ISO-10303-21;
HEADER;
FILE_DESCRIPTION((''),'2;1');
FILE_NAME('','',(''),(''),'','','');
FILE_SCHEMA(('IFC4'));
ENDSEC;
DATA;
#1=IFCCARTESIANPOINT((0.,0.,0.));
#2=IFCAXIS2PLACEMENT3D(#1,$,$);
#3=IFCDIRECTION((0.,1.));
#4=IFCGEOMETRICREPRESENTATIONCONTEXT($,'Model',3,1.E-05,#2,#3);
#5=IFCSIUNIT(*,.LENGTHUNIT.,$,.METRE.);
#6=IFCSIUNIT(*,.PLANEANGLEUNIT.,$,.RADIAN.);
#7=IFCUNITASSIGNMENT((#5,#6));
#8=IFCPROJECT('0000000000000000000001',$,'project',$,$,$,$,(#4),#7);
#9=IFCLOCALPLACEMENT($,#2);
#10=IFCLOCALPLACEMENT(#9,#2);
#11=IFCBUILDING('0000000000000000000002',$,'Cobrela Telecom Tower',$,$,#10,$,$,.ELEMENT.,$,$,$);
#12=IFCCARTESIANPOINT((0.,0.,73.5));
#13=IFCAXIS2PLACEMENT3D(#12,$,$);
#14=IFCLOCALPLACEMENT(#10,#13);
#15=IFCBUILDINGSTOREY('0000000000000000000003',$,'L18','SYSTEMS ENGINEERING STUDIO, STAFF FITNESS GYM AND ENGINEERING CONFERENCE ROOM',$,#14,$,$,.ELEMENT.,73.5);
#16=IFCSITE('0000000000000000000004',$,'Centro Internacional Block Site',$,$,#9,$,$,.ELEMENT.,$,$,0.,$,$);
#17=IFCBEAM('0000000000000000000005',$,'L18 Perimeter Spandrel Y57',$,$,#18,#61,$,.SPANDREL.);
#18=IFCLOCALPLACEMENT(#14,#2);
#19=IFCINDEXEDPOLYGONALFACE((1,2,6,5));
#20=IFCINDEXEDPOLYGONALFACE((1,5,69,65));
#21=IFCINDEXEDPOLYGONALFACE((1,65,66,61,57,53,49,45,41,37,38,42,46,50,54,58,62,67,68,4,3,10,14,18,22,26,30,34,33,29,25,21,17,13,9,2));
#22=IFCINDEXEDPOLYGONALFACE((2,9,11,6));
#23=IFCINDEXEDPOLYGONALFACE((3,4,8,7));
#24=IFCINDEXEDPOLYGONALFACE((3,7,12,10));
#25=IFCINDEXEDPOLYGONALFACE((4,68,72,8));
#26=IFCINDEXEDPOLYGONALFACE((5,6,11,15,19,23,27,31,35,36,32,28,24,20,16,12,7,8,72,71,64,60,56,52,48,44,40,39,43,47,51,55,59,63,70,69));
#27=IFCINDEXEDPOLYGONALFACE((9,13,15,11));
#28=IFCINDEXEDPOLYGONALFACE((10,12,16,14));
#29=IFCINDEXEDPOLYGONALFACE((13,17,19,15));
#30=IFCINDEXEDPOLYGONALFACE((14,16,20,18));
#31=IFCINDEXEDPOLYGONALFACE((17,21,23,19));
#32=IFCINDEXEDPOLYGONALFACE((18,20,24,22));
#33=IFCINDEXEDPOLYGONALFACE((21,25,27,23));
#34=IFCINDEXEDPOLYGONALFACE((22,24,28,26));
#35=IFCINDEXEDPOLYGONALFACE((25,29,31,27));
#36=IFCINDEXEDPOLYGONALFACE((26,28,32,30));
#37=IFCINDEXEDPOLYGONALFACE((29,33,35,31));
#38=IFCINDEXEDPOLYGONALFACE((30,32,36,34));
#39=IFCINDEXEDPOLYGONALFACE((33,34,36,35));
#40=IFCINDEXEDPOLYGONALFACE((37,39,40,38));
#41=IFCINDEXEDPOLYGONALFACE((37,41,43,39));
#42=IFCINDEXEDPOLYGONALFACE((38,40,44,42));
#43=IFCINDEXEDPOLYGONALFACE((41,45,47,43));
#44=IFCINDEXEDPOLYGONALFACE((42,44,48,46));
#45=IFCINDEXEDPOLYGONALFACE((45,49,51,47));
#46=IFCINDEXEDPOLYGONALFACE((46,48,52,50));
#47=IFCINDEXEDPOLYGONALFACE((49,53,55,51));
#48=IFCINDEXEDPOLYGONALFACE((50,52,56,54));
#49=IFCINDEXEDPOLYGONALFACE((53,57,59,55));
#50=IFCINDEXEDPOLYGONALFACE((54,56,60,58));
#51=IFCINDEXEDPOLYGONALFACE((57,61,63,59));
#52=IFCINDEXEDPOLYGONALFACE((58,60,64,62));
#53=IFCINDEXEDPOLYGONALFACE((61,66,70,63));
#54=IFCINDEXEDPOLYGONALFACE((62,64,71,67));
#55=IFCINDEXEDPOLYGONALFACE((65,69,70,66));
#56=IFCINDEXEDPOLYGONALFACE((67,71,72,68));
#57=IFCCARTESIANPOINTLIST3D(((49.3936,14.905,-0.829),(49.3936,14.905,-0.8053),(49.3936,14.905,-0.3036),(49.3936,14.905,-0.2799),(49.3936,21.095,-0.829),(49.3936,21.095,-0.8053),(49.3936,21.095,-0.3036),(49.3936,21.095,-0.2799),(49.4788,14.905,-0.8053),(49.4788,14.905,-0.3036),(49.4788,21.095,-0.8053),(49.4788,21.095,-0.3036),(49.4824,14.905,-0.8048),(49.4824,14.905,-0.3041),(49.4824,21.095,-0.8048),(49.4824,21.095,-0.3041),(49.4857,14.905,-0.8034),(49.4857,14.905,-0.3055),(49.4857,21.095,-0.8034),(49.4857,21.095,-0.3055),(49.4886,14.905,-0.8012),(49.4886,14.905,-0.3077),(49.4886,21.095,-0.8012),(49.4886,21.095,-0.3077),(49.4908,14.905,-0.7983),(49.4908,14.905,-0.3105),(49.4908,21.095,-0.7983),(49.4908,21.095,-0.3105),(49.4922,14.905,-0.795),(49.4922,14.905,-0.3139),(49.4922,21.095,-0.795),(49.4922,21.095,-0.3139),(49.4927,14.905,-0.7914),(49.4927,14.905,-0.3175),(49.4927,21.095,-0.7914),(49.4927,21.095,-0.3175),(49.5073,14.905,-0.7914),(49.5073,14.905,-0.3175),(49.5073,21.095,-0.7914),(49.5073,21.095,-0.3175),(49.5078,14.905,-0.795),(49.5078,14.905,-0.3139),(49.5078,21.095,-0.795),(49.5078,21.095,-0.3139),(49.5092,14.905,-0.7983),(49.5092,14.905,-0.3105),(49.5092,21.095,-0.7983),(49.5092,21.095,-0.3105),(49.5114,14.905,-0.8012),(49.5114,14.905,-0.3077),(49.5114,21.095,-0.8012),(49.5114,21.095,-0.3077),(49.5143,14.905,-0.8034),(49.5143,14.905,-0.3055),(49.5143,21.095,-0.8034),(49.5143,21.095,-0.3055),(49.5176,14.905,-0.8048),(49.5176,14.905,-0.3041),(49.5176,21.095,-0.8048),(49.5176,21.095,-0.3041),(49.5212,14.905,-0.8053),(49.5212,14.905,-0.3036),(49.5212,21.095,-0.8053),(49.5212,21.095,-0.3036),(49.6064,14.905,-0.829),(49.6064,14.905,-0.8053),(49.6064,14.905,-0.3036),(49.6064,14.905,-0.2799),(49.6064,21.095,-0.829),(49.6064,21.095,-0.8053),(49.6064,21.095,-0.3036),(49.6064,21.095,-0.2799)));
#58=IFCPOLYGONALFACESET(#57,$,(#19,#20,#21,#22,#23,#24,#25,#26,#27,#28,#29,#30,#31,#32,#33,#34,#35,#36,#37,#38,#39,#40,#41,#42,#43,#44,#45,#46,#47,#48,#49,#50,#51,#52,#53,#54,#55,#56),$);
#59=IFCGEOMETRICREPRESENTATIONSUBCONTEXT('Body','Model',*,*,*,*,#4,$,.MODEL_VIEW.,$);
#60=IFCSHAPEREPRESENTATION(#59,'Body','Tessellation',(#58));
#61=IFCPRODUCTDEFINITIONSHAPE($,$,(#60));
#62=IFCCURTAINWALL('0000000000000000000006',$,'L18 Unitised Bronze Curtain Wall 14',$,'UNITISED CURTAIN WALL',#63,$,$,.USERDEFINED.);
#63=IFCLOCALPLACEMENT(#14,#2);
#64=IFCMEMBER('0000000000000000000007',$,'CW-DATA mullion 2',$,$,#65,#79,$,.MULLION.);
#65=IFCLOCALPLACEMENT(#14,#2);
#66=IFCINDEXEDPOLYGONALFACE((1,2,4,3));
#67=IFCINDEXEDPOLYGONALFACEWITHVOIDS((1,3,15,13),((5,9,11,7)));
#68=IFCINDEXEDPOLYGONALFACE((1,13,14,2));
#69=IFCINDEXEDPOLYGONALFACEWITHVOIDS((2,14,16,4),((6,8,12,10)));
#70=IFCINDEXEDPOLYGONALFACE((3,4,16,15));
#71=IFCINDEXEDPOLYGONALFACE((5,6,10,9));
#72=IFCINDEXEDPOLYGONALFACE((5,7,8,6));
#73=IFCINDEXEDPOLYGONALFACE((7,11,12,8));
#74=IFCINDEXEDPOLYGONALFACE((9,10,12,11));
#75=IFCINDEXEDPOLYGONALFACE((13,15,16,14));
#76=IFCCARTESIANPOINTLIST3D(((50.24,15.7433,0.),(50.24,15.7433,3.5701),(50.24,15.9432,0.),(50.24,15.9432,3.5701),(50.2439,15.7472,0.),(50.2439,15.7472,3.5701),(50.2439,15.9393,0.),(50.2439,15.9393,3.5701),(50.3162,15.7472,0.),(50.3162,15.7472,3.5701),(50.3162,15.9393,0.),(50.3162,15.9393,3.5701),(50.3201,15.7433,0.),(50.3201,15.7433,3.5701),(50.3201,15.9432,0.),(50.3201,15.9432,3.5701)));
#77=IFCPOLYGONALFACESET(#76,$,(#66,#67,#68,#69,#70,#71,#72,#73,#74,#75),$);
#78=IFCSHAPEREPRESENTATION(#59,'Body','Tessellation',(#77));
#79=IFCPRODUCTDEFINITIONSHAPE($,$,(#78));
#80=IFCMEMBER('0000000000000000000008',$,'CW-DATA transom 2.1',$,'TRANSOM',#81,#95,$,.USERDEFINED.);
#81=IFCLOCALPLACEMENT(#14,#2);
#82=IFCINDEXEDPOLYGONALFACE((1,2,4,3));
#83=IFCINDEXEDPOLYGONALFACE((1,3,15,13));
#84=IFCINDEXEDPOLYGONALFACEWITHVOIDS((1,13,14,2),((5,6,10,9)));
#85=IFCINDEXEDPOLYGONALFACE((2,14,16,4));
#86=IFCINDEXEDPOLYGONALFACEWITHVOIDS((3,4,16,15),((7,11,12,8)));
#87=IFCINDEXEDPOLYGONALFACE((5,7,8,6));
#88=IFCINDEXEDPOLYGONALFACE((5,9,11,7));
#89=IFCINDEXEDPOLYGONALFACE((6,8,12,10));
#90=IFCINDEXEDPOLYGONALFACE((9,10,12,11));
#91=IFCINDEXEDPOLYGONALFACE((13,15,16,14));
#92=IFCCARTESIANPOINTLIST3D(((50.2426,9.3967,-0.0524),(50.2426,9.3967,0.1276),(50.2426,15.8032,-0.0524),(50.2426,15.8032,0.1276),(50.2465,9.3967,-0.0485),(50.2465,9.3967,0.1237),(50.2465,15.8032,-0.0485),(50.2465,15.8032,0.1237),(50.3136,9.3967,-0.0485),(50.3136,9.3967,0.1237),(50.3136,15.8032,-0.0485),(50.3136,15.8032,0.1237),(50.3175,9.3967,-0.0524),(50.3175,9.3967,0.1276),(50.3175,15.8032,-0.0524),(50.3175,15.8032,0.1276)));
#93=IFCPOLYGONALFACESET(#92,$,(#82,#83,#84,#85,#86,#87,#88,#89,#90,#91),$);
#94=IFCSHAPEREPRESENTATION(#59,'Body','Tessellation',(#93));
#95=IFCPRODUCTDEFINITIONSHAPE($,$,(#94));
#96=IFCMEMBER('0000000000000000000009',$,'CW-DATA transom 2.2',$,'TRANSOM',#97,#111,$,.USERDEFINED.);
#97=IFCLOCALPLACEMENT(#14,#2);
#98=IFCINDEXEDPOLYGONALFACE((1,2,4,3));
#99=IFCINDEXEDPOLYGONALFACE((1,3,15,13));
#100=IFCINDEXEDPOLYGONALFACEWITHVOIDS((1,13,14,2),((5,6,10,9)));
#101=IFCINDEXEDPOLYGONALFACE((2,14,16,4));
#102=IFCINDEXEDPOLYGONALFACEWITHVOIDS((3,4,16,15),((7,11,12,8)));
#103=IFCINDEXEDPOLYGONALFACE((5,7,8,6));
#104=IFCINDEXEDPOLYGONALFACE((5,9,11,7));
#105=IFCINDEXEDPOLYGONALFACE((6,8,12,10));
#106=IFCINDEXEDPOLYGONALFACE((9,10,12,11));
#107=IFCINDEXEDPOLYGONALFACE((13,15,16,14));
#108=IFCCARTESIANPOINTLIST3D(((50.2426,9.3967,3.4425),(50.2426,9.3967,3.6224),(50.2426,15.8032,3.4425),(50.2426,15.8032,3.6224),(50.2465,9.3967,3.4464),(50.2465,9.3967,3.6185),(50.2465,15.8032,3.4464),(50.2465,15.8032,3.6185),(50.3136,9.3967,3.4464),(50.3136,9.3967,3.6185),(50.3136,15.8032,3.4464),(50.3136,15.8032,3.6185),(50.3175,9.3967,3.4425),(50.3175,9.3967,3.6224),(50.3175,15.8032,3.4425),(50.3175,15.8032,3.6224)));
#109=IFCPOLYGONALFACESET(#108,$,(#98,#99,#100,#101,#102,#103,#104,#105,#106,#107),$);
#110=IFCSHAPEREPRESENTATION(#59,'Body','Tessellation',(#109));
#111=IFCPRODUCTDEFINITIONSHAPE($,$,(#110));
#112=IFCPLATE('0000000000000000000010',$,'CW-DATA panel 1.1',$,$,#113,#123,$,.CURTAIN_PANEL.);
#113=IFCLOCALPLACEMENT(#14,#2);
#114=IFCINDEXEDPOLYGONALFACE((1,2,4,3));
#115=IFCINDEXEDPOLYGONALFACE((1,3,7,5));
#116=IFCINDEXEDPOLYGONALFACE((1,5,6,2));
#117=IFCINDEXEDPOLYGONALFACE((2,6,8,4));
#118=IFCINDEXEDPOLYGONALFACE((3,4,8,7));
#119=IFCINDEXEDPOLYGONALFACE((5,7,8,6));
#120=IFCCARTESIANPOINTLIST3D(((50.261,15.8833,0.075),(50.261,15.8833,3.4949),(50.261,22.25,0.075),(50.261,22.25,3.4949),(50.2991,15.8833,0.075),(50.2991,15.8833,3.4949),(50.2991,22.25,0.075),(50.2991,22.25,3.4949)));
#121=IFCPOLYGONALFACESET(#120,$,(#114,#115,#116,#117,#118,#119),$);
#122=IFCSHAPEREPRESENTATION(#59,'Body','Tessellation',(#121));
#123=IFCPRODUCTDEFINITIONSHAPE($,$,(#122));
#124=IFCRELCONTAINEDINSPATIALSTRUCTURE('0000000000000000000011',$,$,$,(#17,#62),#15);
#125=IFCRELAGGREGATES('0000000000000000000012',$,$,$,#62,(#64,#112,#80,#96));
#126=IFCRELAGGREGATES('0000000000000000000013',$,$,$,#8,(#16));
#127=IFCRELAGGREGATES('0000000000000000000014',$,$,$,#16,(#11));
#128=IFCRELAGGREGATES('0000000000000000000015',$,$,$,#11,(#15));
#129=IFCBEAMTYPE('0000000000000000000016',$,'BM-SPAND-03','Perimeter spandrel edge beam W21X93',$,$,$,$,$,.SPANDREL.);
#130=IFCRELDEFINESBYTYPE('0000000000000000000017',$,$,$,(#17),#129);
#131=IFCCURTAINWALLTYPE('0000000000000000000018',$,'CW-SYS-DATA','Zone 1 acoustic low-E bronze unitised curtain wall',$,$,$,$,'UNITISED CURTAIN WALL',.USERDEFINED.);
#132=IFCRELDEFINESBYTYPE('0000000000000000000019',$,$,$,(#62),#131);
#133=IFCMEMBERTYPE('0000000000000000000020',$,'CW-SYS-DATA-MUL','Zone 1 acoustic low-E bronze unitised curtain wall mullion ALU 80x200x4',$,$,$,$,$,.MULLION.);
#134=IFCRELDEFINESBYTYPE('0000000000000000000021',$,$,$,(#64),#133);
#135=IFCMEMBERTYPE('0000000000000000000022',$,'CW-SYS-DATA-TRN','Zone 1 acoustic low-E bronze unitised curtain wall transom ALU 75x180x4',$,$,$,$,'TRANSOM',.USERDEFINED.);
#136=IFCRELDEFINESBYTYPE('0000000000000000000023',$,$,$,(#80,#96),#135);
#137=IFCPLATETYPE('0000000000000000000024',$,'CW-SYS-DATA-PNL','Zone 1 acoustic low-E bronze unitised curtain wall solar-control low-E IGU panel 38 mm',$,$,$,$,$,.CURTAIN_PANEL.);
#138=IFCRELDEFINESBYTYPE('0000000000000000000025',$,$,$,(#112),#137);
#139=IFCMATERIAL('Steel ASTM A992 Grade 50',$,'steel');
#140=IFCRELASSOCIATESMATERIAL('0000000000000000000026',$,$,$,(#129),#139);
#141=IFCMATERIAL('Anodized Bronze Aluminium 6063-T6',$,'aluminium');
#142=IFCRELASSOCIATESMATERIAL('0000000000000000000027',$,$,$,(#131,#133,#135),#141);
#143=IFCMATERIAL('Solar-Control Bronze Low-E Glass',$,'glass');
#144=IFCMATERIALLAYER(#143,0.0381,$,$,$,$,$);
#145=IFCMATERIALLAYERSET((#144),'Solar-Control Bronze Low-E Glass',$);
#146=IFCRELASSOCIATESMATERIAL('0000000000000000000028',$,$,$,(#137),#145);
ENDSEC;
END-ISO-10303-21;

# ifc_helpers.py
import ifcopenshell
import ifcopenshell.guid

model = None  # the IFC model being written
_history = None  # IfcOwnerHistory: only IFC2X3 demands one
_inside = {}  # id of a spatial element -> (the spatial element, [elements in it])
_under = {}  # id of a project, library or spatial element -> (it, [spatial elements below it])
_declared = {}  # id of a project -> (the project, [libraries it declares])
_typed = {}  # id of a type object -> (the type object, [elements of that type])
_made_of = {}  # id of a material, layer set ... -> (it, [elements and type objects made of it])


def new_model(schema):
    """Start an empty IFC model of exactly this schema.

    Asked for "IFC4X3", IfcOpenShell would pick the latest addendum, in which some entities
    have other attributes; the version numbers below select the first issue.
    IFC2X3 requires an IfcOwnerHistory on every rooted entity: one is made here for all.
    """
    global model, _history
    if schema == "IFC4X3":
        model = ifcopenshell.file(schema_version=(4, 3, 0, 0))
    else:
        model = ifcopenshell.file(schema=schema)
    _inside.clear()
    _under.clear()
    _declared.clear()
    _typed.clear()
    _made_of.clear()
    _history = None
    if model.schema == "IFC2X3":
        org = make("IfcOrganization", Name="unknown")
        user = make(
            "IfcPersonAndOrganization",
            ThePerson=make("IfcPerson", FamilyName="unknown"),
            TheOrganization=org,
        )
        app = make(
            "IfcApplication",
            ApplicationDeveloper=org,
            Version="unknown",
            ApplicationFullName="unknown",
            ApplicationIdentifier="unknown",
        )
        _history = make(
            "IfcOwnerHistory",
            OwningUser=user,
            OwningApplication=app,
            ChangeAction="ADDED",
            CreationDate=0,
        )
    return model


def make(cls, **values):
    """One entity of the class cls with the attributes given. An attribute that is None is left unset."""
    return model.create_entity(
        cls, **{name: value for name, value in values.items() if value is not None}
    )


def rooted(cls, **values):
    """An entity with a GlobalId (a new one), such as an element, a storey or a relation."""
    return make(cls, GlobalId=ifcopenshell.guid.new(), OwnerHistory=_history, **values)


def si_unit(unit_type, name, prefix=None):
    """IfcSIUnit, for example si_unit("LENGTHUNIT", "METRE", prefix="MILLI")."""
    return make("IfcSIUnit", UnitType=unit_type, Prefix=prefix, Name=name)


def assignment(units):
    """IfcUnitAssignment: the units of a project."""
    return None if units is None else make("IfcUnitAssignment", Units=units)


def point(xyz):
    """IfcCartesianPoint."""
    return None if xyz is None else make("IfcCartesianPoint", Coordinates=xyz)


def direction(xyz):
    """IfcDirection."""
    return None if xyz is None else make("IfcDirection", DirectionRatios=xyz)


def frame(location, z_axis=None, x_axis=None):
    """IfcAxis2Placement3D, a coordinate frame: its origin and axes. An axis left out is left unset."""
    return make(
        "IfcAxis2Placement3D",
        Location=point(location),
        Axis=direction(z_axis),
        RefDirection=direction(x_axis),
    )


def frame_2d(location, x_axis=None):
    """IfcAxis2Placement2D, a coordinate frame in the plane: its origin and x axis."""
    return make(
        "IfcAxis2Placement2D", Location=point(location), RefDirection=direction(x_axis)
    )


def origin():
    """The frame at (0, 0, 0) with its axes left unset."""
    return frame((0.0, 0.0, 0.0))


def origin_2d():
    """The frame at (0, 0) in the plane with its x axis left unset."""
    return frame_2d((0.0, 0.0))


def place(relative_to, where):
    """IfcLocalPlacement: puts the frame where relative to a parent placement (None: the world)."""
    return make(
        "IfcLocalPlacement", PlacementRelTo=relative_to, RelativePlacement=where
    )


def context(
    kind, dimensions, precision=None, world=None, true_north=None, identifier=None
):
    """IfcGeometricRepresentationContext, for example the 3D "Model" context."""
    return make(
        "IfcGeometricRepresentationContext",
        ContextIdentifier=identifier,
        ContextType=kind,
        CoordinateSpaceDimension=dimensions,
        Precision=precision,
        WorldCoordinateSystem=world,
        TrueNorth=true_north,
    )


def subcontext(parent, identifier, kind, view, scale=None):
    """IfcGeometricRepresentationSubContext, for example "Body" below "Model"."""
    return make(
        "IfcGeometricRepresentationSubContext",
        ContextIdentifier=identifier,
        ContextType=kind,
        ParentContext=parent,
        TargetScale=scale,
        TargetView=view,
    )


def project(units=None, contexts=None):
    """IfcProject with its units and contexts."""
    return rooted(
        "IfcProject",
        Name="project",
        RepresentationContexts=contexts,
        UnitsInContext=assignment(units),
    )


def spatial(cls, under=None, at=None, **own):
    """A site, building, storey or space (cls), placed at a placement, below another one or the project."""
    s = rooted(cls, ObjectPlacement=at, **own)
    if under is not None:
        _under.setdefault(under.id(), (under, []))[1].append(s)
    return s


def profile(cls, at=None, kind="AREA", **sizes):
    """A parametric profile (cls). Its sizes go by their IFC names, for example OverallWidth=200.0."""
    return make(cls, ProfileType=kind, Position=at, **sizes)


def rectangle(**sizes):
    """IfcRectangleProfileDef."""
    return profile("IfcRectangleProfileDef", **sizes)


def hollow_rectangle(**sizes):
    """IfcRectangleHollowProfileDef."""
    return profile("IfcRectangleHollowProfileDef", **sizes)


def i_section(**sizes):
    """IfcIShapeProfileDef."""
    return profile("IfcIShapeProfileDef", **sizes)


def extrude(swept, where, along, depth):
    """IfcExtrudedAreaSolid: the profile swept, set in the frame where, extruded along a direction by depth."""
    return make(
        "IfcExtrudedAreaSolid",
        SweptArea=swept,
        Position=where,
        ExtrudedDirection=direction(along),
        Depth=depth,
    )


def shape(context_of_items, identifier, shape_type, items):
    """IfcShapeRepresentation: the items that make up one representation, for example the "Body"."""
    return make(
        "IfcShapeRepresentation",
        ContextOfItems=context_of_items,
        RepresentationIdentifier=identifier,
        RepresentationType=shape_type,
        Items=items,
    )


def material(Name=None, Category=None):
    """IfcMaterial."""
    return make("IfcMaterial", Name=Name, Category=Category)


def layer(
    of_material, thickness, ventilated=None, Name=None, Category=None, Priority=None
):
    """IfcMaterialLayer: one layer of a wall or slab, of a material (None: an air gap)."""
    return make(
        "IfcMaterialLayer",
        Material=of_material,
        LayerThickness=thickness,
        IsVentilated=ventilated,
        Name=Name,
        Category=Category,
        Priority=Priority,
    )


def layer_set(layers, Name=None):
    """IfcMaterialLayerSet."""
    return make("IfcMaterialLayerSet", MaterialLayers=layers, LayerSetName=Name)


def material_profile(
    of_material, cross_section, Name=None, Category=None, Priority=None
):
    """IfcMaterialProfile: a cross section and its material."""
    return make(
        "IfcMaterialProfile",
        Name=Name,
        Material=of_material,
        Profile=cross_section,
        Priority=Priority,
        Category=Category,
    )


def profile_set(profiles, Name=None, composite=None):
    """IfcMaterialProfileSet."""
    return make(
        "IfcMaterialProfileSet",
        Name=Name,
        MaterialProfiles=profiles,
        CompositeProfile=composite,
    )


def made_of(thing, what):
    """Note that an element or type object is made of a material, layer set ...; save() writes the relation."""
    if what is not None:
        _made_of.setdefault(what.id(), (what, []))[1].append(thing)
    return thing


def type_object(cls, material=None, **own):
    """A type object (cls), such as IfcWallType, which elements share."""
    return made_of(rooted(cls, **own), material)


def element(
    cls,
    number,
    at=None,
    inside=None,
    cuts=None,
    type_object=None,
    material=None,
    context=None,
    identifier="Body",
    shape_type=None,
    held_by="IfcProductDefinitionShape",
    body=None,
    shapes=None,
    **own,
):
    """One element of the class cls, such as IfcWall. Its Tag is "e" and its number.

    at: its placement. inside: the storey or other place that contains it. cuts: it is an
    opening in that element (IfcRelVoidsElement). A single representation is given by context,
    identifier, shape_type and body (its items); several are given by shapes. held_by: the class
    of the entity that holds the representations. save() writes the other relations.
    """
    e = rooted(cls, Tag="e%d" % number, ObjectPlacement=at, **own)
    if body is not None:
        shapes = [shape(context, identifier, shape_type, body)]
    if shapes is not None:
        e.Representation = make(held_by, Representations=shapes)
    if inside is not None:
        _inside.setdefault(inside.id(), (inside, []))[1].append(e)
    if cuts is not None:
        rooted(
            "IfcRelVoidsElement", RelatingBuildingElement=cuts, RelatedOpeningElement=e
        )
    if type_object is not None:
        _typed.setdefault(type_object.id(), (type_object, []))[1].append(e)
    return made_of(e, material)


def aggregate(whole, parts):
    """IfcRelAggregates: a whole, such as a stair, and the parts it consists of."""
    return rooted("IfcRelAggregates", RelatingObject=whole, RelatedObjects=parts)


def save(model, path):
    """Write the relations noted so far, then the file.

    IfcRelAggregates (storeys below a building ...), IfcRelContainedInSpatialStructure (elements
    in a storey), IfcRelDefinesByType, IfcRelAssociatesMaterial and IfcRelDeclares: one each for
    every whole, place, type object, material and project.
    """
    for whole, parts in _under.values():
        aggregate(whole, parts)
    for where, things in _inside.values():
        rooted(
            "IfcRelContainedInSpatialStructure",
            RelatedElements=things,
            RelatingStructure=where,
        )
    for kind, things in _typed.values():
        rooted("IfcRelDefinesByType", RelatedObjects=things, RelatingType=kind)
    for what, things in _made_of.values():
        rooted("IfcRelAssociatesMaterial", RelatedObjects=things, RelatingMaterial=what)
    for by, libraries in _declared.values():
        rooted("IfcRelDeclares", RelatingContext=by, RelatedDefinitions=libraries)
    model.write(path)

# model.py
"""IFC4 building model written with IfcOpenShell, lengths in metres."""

from ifc_helpers import new_model, si_unit, direction, frame, origin, origin_2d, place, context, subcontext, project, spatial, rectangle, hollow_rectangle, i_section, extrude, material, layer, layer_set, material_profile, profile_set, type_object, element, aggregate, save


model = new_model("IFC4")

# Units and contexts
model_context = context("Model", 3, precision=1e-05, world=origin(), true_north=direction((0.0, 1.0)))
body_context = subcontext(model_context, "Body", "Model", "MODEL_VIEW")
ifc_project = project(units=[si_unit("LENGTHUNIT", "METRE"), si_unit("PLANEANGLEUNIT", "RADIAN")], contexts=[model_context])

# Site, building, storey
site_placement = place(None, origin())
site = spatial("IfcSite", under=ifc_project, at=site_placement, Name="Centro Internacional Block Site", CompositionType="ELEMENT", RefElevation=0.0)
building_placement = place(site_placement, origin())
building = spatial("IfcBuilding", under=site, at=building_placement, Name="Cobrela Telecom Tower", CompositionType="ELEMENT")
storey_placement = place(building_placement, frame((0.0, 0.0, 73.5)))
storey = spatial("IfcBuildingStorey", under=building, at=storey_placement, Name="L18", Description="SYSTEMS ENGINEERING STUDIO, STAFF FITNESS GYM AND ENGINEERING CONFERENCE ROOM", CompositionType="ELEMENT", Elevation=73.5)

# Shared definitions
ifc_material_1 = material(Name="Steel ASTM A992 Grade 50", Category="steel")

# Beam
ifc_material_profile_1 = material_profile(ifc_material_1, i_section(OverallWidth=0.2129, OverallDepth=0.5491, WebThickness=0.0146, FlangeThickness=0.0237, FilletRadius=0.0139, at=origin_2d()), Name="W21X93")
ifc_profile_set_1 = profile_set([ifc_material_profile_1], Name="Steel ASTM A992 Grade 50")
beam_type_1 = type_object("IfcBeamType", Name="BM-SPAND-03", Description="Perimeter spandrel edge beam W21X93", PredefinedType="SPANDREL", material=ifc_profile_set_1)
beam_placement = place(storey_placement, frame((49.5, 14.905, -0.5544), z_axis=(0.0, 1.0, 0.0), x_axis=(-1.0, 0.0, 0.0)))
element("IfcBeam", 1, at=beam_placement, inside=storey, type_object=beam_type_1, Name="L18 Perimeter Spandrel Y57", PredefinedType="SPANDREL", context=body_context, shape_type="SweptSolid", body=[
    extrude(i_section(OverallWidth=0.2129, OverallDepth=0.5491, WebThickness=0.0146, FlangeThickness=0.0237, FilletRadius=0.0139, at=origin_2d()), origin(), (0.0, 0.0, 1.0), 6.1899),
])

# Curtain wall, members, plate
ifc_material_2 = material(Name="Anodized Bronze Aluminium 6063-T6", Category="aluminium")
curtain_wall_type = type_object("IfcCurtainWallType", Name="CW-SYS-DATA", Description="Zone 1 acoustic low-E bronze unitised curtain wall", ElementType="UNITISED CURTAIN WALL", PredefinedType="USERDEFINED", material=ifc_material_2)
curtain_wall_placement = place(storey_placement, origin())
curtain_wall = element("IfcCurtainWall", 2, at=curtain_wall_placement, inside=storey, type_object=curtain_wall_type, Name="L18 Unitised Bronze Curtain Wall 14", ObjectType="UNITISED CURTAIN WALL", PredefinedType="USERDEFINED")
ifc_material_profile_2 = material_profile(ifc_material_2, hollow_rectangle(XDim=0.0801, YDim=0.2, WallThickness=0.0039, at=origin_2d()), Name="ALU 80x200x4")
ifc_profile_set_2 = profile_set([ifc_material_profile_2], Name="Anodized Bronze Aluminium 6063-T6")
member_type_1 = type_object("IfcMemberType", Name="CW-SYS-DATA-MUL", Description="Zone 1 acoustic low-E bronze unitised curtain wall mullion ALU 80x200x4", PredefinedType="MULLION", material=ifc_profile_set_2)
member_1_placement = place(storey_placement, frame((50.28, 15.8433, 0.0), z_axis=(0.0, 0.0, 1.0), x_axis=(1.0, 0.0, 0.0)))
member_1 = element("IfcMember", 3, at=member_1_placement, type_object=member_type_1, Name="CW-DATA mullion 2", PredefinedType="MULLION", context=body_context, shape_type="SweptSolid", body=[
    extrude(hollow_rectangle(XDim=0.0801, YDim=0.2, WallThickness=0.0039, at=origin_2d()), origin(), (0.0, 0.0, 1.0), 3.5701),
])
ifc_material_profile_3 = material_profile(ifc_material_2, hollow_rectangle(XDim=0.075, YDim=0.1799, WallThickness=0.0039, at=origin_2d()), Name="ALU 75x180x4")
ifc_profile_set_3 = profile_set([ifc_material_profile_3], Name="Anodized Bronze Aluminium 6063-T6")
member_type_2 = type_object("IfcMemberType", Name="CW-SYS-DATA-TRN", Description="Zone 1 acoustic low-E bronze unitised curtain wall transom ALU 75x180x4", ElementType="TRANSOM", PredefinedType="USERDEFINED", material=ifc_profile_set_3)
member_2_placement = place(storey_placement, frame((50.28, 15.8032, 0.0376), z_axis=(0.0, -1.0, 0.0), x_axis=(1.0, 0.0, 0.0)))
member_2 = element("IfcMember", 4, at=member_2_placement, type_object=member_type_2, Name="CW-DATA transom 2.1", ObjectType="TRANSOM", PredefinedType="USERDEFINED", context=body_context, shape_type="SweptSolid", body=[
    extrude(hollow_rectangle(XDim=0.075, YDim=0.1799, WallThickness=0.0039, at=origin_2d()), origin(), (0.0, 0.0, 1.0), 6.4065),
])
member_3_placement = place(storey_placement, frame((50.28, 15.8032, 3.5325), z_axis=(0.0, -1.0, 0.0), x_axis=(1.0, 0.0, 0.0)))
member_3 = element("IfcMember", 5, at=member_3_placement, type_object=member_type_2, Name="CW-DATA transom 2.2", ObjectType="TRANSOM", PredefinedType="USERDEFINED", context=body_context, shape_type="SweptSolid", body=[
    extrude(hollow_rectangle(XDim=0.075, YDim=0.1799, WallThickness=0.0039, at=origin_2d()), origin(), (0.0, 0.0, 1.0), 6.4065),
])
ifc_material_3 = material(Name="Solar-Control Bronze Low-E Glass", Category="glass")
ifc_layer = layer(ifc_material_3, 0.0381)
ifc_layer_set = layer_set([ifc_layer], Name="Solar-Control Bronze Low-E Glass")
plate_type = type_object("IfcPlateType", Name="CW-SYS-DATA-PNL", Description="Zone 1 acoustic low-E bronze unitised curtain wall solar-control low-E IGU panel 38 mm", PredefinedType="CURTAIN_PANEL", material=ifc_layer_set)
plate_placement = place(storey_placement, frame((50.28, 19.0667, 0.075), z_axis=(0.0, 0.0, 1.0), x_axis=(0.0, -1.0, 0.0)))
plate = element("IfcPlate", 6, at=plate_placement, type_object=plate_type, Name="CW-DATA panel 1.1", PredefinedType="CURTAIN_PANEL", context=body_context, shape_type="SweptSolid", body=[
    extrude(rectangle(XDim=6.3667, YDim=0.0381, at=origin_2d()), origin(), (0.0, 0.0, 1.0), 3.4199),
])
aggregate(curtain_wall, [member_1, plate, member_2, member_3])

save(model, "model.ifc")
